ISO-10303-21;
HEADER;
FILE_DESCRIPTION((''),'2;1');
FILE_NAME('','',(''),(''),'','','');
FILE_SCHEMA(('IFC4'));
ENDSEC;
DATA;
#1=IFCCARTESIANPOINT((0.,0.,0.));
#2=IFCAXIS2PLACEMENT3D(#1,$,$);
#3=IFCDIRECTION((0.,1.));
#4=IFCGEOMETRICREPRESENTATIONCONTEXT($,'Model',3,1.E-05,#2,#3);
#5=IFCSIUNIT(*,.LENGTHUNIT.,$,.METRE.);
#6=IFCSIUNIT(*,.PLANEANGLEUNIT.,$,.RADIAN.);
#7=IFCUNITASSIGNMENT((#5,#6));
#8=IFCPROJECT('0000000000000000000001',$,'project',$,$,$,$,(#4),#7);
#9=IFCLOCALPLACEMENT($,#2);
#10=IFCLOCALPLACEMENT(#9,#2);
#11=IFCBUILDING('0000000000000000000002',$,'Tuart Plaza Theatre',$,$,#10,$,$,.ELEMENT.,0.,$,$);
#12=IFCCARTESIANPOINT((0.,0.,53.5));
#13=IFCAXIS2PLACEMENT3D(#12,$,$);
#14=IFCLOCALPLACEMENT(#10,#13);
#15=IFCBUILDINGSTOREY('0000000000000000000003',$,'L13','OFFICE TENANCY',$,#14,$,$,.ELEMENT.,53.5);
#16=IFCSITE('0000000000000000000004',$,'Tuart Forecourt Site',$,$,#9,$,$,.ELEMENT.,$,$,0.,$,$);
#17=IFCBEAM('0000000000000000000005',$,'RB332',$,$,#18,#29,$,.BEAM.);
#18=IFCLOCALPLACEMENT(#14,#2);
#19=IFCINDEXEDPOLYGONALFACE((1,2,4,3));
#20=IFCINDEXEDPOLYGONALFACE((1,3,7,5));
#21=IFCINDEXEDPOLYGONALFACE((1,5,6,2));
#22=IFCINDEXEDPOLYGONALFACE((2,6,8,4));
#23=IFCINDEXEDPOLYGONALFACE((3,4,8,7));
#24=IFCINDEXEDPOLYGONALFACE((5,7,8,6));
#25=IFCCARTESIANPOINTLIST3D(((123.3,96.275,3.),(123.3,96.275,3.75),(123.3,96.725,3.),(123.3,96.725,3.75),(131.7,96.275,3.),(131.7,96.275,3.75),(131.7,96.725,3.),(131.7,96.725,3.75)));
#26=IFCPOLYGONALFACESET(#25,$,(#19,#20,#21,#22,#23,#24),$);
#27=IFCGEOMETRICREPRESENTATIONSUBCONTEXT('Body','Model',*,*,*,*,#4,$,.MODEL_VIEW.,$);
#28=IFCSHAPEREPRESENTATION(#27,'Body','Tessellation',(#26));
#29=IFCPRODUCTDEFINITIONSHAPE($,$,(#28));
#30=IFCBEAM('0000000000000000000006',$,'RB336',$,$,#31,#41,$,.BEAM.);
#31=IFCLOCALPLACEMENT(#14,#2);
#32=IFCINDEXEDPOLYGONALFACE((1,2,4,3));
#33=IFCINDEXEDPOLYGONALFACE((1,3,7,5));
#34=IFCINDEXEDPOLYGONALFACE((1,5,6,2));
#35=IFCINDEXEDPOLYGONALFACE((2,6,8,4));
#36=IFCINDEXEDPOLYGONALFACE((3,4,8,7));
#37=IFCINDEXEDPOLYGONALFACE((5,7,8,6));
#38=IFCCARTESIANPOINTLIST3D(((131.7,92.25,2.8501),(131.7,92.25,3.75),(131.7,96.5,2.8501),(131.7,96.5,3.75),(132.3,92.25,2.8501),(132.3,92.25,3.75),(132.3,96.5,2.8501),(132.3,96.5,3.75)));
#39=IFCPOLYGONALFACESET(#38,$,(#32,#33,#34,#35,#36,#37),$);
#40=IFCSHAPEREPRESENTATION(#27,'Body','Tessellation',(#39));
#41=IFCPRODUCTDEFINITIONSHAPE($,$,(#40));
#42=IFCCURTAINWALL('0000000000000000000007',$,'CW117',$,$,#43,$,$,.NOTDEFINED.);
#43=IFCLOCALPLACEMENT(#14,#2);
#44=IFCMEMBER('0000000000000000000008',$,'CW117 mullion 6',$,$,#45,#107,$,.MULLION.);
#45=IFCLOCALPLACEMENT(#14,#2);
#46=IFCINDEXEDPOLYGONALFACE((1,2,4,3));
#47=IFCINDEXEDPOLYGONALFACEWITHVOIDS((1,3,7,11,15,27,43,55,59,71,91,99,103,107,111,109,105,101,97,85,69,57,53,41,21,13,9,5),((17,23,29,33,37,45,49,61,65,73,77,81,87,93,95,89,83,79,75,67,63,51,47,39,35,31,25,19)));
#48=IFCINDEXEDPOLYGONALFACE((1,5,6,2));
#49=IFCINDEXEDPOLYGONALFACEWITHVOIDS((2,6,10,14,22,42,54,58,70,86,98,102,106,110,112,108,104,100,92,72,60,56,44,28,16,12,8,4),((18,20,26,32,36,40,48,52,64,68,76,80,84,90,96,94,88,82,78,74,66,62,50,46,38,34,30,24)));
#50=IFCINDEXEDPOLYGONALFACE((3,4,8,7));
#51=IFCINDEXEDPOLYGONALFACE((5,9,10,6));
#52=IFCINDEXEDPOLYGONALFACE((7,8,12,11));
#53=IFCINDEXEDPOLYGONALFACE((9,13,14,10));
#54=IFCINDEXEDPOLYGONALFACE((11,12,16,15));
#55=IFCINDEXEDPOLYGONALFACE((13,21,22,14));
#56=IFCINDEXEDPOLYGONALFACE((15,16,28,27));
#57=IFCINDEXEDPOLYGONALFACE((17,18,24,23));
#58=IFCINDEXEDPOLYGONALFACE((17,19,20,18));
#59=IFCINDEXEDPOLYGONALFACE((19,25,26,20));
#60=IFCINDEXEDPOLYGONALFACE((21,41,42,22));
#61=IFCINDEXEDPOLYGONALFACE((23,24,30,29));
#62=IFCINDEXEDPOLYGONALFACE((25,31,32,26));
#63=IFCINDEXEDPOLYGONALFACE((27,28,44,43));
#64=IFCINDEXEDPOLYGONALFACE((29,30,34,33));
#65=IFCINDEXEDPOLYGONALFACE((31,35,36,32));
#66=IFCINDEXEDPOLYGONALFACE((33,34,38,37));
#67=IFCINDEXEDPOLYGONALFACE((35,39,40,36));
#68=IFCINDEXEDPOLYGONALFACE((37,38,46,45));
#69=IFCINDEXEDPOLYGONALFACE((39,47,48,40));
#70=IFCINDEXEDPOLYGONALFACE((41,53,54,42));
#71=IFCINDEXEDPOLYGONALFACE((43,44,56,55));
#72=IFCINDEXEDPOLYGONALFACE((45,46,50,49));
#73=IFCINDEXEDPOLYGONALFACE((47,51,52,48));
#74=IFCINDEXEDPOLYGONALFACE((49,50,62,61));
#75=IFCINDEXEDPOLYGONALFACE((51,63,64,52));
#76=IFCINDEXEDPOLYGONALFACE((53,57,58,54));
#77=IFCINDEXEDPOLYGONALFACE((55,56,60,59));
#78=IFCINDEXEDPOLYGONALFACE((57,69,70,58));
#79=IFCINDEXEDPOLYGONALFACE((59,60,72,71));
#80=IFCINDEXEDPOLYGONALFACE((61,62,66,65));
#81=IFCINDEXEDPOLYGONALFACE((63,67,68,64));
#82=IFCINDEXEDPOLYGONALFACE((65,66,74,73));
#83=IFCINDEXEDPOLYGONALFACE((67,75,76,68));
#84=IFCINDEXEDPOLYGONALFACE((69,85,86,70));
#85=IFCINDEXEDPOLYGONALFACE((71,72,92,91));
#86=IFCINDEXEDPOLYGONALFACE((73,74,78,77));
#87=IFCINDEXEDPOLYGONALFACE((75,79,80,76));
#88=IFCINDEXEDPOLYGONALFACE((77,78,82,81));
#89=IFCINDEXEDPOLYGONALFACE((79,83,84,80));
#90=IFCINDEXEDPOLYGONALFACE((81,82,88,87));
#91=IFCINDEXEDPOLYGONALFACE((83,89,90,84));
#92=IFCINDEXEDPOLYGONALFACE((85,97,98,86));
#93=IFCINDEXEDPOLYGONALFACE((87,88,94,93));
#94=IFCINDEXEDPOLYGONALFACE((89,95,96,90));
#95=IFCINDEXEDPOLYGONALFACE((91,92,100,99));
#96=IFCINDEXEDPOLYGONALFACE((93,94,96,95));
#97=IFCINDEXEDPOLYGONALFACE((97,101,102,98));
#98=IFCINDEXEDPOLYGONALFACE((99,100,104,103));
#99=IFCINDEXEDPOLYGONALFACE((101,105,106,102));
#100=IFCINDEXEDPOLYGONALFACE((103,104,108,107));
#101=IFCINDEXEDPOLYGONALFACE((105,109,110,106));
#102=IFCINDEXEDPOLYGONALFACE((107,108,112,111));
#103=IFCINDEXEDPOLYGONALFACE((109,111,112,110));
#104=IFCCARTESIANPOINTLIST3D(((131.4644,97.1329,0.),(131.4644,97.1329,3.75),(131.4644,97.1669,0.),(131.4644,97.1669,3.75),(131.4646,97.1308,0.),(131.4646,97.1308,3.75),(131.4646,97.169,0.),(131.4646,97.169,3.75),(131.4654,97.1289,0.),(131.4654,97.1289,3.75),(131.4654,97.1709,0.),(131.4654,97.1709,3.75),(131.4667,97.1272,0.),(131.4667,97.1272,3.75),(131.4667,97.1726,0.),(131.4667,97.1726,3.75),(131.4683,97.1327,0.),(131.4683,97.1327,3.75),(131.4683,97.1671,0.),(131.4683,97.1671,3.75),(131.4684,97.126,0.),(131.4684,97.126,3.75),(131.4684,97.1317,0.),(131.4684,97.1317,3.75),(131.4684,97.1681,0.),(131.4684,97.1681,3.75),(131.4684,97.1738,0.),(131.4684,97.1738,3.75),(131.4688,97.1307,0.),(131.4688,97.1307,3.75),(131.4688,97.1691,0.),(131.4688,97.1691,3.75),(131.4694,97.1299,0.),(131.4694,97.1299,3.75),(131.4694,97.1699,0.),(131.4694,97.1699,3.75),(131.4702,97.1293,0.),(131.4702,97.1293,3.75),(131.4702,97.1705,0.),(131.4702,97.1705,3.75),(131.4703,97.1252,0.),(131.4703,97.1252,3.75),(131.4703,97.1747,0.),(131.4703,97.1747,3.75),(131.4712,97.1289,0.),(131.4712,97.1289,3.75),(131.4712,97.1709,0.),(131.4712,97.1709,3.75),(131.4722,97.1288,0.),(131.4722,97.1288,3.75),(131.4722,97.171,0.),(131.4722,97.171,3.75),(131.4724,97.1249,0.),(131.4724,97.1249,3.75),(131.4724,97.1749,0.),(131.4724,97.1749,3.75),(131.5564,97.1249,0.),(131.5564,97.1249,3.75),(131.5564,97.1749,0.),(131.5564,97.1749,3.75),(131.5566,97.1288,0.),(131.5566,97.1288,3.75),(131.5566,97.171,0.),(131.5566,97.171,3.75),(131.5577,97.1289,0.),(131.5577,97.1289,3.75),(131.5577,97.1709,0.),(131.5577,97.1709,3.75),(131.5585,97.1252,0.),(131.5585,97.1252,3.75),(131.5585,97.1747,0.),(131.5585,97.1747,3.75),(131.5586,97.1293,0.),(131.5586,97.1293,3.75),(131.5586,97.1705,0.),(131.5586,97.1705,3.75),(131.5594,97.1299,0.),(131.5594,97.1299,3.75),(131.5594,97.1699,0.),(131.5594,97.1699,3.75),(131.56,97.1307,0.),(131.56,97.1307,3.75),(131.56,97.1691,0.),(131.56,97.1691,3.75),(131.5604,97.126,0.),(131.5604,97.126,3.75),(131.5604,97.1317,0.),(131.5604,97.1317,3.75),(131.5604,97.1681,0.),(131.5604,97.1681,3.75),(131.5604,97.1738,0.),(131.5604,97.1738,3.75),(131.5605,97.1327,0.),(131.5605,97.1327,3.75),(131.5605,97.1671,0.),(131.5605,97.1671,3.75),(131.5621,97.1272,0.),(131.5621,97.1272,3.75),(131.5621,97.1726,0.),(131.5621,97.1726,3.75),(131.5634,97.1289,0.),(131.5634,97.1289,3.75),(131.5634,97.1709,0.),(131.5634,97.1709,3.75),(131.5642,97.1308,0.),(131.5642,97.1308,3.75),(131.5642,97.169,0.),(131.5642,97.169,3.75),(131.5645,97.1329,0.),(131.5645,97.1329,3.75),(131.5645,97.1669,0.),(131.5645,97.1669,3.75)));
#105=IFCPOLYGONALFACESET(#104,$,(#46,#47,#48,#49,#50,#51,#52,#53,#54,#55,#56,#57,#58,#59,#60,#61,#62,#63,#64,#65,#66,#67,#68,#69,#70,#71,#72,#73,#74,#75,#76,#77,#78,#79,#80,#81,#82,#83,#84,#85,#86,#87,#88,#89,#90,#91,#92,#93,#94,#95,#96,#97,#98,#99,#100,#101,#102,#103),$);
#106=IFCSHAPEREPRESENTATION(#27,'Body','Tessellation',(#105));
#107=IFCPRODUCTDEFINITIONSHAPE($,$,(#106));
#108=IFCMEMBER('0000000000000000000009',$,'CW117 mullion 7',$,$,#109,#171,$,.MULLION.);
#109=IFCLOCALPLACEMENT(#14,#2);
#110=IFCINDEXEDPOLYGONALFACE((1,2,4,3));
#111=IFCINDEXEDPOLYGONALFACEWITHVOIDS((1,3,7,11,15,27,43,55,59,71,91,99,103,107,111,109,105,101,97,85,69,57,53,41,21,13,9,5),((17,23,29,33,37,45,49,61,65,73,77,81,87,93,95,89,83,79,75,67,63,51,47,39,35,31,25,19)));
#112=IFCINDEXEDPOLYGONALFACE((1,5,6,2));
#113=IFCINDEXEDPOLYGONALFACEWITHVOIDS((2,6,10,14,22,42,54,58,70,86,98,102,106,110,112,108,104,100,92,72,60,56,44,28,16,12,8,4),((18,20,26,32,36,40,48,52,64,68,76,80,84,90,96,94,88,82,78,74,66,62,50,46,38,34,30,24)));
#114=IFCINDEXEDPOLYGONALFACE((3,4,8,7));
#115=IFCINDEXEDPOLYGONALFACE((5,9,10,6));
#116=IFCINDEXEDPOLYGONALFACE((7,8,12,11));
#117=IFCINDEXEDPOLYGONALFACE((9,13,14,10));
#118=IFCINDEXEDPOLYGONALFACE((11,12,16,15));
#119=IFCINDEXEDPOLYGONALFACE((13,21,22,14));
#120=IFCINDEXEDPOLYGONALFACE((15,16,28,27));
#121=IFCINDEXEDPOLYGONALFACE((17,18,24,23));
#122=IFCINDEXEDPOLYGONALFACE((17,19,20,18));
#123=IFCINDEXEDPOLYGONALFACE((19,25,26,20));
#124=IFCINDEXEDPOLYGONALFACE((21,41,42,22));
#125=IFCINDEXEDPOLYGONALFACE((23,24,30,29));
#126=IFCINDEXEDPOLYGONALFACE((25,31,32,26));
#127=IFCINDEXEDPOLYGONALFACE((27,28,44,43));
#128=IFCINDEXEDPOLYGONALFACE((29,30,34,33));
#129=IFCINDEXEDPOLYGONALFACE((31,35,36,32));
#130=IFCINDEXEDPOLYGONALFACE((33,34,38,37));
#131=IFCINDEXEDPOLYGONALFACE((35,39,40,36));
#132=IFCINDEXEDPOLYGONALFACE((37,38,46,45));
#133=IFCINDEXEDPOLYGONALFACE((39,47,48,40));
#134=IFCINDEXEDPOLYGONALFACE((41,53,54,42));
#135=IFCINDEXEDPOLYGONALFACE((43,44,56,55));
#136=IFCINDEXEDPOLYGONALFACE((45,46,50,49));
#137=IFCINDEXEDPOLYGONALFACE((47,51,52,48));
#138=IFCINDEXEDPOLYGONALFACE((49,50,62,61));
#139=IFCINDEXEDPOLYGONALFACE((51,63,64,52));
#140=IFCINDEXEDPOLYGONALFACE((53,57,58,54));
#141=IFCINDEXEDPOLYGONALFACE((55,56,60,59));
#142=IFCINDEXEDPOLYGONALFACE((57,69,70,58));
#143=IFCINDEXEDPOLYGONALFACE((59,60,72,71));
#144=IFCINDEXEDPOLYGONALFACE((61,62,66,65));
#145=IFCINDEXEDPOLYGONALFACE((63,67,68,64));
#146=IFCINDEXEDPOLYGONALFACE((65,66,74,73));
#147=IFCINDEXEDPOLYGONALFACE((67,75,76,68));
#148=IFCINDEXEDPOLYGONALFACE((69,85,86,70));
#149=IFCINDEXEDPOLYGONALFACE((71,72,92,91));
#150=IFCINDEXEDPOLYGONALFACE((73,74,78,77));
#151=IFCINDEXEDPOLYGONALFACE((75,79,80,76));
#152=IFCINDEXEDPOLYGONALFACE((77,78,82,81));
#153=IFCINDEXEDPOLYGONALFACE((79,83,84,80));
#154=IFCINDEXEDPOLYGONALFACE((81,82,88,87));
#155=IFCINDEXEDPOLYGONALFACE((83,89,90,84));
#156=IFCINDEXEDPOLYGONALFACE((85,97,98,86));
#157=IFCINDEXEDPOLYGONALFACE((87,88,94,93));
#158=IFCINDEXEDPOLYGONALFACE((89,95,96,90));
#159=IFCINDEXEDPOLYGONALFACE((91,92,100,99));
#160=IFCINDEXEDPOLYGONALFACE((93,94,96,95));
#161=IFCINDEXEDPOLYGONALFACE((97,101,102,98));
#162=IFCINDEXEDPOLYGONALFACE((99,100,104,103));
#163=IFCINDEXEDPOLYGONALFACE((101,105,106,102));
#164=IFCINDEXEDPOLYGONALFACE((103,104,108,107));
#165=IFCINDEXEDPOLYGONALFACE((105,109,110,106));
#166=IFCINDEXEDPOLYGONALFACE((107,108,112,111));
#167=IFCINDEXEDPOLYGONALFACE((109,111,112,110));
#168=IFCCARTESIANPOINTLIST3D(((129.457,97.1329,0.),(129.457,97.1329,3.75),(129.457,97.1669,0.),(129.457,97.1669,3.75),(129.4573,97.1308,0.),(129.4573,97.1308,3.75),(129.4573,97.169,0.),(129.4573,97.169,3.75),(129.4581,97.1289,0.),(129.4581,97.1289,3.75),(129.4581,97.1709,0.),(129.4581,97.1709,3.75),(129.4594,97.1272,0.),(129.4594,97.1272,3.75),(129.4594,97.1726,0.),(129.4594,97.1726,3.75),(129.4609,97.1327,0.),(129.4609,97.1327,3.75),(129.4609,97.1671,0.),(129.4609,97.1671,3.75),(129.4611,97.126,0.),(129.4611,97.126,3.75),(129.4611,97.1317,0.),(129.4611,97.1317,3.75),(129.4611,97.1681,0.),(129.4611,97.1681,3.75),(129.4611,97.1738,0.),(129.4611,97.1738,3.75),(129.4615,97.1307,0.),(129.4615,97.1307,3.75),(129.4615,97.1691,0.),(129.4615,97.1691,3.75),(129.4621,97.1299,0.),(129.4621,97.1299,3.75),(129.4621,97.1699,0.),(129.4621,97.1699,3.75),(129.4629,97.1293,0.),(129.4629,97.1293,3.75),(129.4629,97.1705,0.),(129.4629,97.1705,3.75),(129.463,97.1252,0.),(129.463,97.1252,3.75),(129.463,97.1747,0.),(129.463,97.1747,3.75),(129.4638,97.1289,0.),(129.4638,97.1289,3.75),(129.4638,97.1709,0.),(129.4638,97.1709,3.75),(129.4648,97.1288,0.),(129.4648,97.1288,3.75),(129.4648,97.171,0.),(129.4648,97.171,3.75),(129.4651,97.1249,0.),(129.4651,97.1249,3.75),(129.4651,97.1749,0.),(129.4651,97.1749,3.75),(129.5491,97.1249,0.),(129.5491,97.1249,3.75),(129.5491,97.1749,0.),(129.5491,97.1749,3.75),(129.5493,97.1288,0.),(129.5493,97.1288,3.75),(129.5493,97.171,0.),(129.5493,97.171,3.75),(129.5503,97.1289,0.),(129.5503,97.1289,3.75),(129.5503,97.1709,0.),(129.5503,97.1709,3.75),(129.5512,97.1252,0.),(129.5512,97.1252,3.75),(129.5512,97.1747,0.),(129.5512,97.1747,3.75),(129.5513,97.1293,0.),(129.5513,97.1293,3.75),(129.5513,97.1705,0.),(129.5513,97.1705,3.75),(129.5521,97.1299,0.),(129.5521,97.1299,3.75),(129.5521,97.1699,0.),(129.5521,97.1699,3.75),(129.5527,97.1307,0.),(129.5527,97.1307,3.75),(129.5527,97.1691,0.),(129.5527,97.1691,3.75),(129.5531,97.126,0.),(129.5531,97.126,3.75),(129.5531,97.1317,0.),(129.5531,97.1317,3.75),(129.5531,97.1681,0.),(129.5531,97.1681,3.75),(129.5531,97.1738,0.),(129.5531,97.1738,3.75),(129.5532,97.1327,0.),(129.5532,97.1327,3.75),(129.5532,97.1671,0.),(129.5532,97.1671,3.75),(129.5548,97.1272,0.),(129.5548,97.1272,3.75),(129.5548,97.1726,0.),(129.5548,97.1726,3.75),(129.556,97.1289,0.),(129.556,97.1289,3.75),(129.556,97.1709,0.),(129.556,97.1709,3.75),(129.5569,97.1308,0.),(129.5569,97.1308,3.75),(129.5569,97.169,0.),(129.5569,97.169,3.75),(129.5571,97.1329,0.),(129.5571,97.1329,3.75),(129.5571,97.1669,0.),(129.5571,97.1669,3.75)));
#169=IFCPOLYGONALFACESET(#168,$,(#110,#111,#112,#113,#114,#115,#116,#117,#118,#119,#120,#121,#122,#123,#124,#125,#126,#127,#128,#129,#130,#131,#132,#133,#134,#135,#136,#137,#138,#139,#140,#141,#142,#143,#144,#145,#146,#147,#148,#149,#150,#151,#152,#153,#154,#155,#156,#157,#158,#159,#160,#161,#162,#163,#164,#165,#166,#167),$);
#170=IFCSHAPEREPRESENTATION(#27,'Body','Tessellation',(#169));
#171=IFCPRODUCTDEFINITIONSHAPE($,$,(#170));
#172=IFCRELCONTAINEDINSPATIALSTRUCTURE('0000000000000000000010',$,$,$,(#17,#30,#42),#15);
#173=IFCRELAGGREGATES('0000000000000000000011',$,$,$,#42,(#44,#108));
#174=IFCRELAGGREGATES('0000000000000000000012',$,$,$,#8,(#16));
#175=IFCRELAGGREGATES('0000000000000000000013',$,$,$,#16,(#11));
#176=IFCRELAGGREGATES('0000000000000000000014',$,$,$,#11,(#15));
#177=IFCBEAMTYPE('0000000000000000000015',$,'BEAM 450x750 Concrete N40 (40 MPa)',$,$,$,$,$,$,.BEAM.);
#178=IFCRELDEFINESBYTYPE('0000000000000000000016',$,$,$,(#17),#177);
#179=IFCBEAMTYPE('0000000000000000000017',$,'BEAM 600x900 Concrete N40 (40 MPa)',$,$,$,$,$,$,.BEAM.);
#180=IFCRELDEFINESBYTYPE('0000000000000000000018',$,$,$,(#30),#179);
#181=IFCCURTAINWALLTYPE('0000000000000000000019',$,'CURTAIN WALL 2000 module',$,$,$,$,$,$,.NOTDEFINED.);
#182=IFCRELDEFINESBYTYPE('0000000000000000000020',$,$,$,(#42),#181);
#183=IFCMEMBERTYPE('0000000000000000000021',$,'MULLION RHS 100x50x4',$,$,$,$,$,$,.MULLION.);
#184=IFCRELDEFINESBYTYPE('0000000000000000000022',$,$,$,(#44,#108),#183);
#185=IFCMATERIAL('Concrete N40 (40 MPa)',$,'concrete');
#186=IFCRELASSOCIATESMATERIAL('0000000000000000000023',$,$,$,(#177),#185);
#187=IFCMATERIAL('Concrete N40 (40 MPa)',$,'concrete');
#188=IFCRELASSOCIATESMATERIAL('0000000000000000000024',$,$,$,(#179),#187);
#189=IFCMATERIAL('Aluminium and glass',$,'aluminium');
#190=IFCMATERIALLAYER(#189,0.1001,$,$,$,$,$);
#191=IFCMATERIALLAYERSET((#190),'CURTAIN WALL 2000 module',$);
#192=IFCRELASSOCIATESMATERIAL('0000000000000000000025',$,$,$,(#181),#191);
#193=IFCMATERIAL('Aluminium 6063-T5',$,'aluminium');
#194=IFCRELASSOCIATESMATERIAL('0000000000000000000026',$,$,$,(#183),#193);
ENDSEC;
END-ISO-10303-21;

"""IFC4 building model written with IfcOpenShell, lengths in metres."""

from ifc_helpers import new_model, si_unit, direction, frame, origin, origin_2d, place, context, subcontext, project, spatial, rectangle, hollow_rectangle, extrude, material, layer, layer_set, material_profile, profile_set, type_object, element, aggregate, save


model = new_model("IFC4")

# Units and contexts
model_context = context("Model", 3, precision=1e-05, world=origin(), true_north=direction((0.0, 1.0)))
body_context = subcontext(model_context, "Body", "Model", "MODEL_VIEW")
ifc_project = project(units=[si_unit("LENGTHUNIT", "METRE"), si_unit("PLANEANGLEUNIT", "RADIAN")], contexts=[model_context])

# Site, building, storey
site_placement = place(None, origin())
site = spatial("IfcSite", under=ifc_project, at=site_placement, Name="Tuart Forecourt Site", CompositionType="ELEMENT", RefElevation=0.0)
building_placement = place(site_placement, origin())
building = spatial("IfcBuilding", under=site, at=building_placement, Name="Tuart Plaza Theatre", CompositionType="ELEMENT", ElevationOfRefHeight=0.0)
storey_placement = place(building_placement, frame((0.0, 0.0, 53.5)))
storey = spatial("IfcBuildingStorey", under=building, at=storey_placement, Name="L13", Description="OFFICE TENANCY", CompositionType="ELEMENT", Elevation=53.5)

# Beams
ifc_material_1 = material(Name="Concrete N40 (40 MPa)", Category="concrete")
ifc_material_profile_1 = material_profile(ifc_material_1, rectangle(XDim=0.45, YDim=0.75, at=origin_2d()), Name="BEAM 450x750 Concrete N40 (40 MPa)")
ifc_profile_set_1 = profile_set([ifc_material_profile_1], Name="Concrete N40 (40 MPa)")
beam_type_1 = type_object("IfcBeamType", Name="BEAM 450x750 Concrete N40 (40 MPa)", PredefinedType="BEAM", material=ifc_profile_set_1)
beam_1_placement = place(storey_placement, frame((123.3, 96.5, 3.375), z_axis=(1.0, 0.0, 0.0), x_axis=(0.0, 1.0, 0.0)))
element("IfcBeam", 1, at=beam_1_placement, inside=storey, type_object=beam_type_1, Name="RB332", PredefinedType="BEAM", context=body_context, shape_type="SweptSolid", body=[
    extrude(rectangle(XDim=0.45, YDim=0.75, at=origin_2d()), origin(), (0.0, 0.0, 1.0), 8.3999),
])
ifc_material_2 = material(Name="Concrete N40 (40 MPa)", Category="concrete")
ifc_material_profile_2 = material_profile(ifc_material_2, rectangle(XDim=0.6001, YDim=0.8999, at=origin_2d()), Name="BEAM 600x900 Concrete N40 (40 MPa)")
ifc_profile_set_2 = profile_set([ifc_material_profile_2], Name="Concrete N40 (40 MPa)")
beam_type_2 = type_object("IfcBeamType", Name="BEAM 600x900 Concrete N40 (40 MPa)", PredefinedType="BEAM", material=ifc_profile_set_2)
beam_2_placement = place(storey_placement, frame((132.0, 92.25, 3.3), z_axis=(0.0, 1.0, 0.0), x_axis=(-1.0, 0.0, 0.0)))
element("IfcBeam", 2, at=beam_2_placement, inside=storey, type_object=beam_type_2, Name="RB336", PredefinedType="BEAM", context=body_context, shape_type="SweptSolid", body=[
    extrude(rectangle(XDim=0.6001, YDim=0.8999, at=origin_2d()), origin(), (0.0, 0.0, 1.0), 4.25),
])

# Curtain wall, members
ifc_material_3 = material(Name="Aluminium and glass", Category="aluminium")
ifc_layer_1 = layer(ifc_material_3, 0.1001)
ifc_layer_set_1 = layer_set([ifc_layer_1], Name="CURTAIN WALL 2000 module")
curtain_wall_type = type_object("IfcCurtainWallType", Name="CURTAIN WALL 2000 module", PredefinedType="NOTDEFINED", material=ifc_layer_set_1)
curtain_wall_placement = place(storey_placement, origin())
curtain_wall = element("IfcCurtainWall", 3, at=curtain_wall_placement, inside=storey, type_object=curtain_wall_type, Name="CW117", PredefinedType="NOTDEFINED")
ifc_material_4 = material(Name="Aluminium 6063-T5", Category="aluminium")
ifc_material_profile_3 = material_profile(ifc_material_4, hollow_rectangle(XDim=0.05, YDim=0.1001, WallThickness=0.0039, InnerFilletRadius=0.0039, OuterFilletRadius=0.0081, at=origin_2d()), Name="RHS 100x50x4")
ifc_profile_set_3 = profile_set([ifc_material_profile_3], Name="Aluminium 6063-T5")
member_type_1 = type_object("IfcMemberType", Name="MULLION RHS 100x50x4", PredefinedType="MULLION", material=ifc_profile_set_3)
member_1_placement = place(storey_placement, frame((131.5144, 97.1499, 0.0), z_axis=(0.0, 0.0, 1.0), x_axis=(0.0, -1.0, 0.0)))
member_1 = element("IfcMember", 4, at=member_1_placement, type_object=member_type_1, Name="CW117 mullion 6", PredefinedType="MULLION", context=body_context, shape_type="SweptSolid", body=[
    extrude(hollow_rectangle(XDim=0.05, YDim=0.1001, WallThickness=0.0039, InnerFilletRadius=0.0039, OuterFilletRadius=0.0081, at=origin_2d()), origin(), (0.0, 0.0, 1.0), 3.75),
])
member_2_placement = place(storey_placement, frame((129.5071, 97.1499, 0.0), z_axis=(0.0, 0.0, 1.0), x_axis=(0.0, -1.0, 0.0)))
member_2 = element("IfcMember", 5, at=member_2_placement, type_object=member_type_1, Name="CW117 mullion 7", PredefinedType="MULLION", context=body_context, shape_type="SweptSolid", body=[
    extrude(hollow_rectangle(XDim=0.05, YDim=0.1001, WallThickness=0.0039, InnerFilletRadius=0.0039, OuterFilletRadius=0.0081, at=origin_2d()), origin(), (0.0, 0.0, 1.0), 3.75),
])
aggregate(curtain_wall, [member_1, member_2])

save(model, "model.ifc")
